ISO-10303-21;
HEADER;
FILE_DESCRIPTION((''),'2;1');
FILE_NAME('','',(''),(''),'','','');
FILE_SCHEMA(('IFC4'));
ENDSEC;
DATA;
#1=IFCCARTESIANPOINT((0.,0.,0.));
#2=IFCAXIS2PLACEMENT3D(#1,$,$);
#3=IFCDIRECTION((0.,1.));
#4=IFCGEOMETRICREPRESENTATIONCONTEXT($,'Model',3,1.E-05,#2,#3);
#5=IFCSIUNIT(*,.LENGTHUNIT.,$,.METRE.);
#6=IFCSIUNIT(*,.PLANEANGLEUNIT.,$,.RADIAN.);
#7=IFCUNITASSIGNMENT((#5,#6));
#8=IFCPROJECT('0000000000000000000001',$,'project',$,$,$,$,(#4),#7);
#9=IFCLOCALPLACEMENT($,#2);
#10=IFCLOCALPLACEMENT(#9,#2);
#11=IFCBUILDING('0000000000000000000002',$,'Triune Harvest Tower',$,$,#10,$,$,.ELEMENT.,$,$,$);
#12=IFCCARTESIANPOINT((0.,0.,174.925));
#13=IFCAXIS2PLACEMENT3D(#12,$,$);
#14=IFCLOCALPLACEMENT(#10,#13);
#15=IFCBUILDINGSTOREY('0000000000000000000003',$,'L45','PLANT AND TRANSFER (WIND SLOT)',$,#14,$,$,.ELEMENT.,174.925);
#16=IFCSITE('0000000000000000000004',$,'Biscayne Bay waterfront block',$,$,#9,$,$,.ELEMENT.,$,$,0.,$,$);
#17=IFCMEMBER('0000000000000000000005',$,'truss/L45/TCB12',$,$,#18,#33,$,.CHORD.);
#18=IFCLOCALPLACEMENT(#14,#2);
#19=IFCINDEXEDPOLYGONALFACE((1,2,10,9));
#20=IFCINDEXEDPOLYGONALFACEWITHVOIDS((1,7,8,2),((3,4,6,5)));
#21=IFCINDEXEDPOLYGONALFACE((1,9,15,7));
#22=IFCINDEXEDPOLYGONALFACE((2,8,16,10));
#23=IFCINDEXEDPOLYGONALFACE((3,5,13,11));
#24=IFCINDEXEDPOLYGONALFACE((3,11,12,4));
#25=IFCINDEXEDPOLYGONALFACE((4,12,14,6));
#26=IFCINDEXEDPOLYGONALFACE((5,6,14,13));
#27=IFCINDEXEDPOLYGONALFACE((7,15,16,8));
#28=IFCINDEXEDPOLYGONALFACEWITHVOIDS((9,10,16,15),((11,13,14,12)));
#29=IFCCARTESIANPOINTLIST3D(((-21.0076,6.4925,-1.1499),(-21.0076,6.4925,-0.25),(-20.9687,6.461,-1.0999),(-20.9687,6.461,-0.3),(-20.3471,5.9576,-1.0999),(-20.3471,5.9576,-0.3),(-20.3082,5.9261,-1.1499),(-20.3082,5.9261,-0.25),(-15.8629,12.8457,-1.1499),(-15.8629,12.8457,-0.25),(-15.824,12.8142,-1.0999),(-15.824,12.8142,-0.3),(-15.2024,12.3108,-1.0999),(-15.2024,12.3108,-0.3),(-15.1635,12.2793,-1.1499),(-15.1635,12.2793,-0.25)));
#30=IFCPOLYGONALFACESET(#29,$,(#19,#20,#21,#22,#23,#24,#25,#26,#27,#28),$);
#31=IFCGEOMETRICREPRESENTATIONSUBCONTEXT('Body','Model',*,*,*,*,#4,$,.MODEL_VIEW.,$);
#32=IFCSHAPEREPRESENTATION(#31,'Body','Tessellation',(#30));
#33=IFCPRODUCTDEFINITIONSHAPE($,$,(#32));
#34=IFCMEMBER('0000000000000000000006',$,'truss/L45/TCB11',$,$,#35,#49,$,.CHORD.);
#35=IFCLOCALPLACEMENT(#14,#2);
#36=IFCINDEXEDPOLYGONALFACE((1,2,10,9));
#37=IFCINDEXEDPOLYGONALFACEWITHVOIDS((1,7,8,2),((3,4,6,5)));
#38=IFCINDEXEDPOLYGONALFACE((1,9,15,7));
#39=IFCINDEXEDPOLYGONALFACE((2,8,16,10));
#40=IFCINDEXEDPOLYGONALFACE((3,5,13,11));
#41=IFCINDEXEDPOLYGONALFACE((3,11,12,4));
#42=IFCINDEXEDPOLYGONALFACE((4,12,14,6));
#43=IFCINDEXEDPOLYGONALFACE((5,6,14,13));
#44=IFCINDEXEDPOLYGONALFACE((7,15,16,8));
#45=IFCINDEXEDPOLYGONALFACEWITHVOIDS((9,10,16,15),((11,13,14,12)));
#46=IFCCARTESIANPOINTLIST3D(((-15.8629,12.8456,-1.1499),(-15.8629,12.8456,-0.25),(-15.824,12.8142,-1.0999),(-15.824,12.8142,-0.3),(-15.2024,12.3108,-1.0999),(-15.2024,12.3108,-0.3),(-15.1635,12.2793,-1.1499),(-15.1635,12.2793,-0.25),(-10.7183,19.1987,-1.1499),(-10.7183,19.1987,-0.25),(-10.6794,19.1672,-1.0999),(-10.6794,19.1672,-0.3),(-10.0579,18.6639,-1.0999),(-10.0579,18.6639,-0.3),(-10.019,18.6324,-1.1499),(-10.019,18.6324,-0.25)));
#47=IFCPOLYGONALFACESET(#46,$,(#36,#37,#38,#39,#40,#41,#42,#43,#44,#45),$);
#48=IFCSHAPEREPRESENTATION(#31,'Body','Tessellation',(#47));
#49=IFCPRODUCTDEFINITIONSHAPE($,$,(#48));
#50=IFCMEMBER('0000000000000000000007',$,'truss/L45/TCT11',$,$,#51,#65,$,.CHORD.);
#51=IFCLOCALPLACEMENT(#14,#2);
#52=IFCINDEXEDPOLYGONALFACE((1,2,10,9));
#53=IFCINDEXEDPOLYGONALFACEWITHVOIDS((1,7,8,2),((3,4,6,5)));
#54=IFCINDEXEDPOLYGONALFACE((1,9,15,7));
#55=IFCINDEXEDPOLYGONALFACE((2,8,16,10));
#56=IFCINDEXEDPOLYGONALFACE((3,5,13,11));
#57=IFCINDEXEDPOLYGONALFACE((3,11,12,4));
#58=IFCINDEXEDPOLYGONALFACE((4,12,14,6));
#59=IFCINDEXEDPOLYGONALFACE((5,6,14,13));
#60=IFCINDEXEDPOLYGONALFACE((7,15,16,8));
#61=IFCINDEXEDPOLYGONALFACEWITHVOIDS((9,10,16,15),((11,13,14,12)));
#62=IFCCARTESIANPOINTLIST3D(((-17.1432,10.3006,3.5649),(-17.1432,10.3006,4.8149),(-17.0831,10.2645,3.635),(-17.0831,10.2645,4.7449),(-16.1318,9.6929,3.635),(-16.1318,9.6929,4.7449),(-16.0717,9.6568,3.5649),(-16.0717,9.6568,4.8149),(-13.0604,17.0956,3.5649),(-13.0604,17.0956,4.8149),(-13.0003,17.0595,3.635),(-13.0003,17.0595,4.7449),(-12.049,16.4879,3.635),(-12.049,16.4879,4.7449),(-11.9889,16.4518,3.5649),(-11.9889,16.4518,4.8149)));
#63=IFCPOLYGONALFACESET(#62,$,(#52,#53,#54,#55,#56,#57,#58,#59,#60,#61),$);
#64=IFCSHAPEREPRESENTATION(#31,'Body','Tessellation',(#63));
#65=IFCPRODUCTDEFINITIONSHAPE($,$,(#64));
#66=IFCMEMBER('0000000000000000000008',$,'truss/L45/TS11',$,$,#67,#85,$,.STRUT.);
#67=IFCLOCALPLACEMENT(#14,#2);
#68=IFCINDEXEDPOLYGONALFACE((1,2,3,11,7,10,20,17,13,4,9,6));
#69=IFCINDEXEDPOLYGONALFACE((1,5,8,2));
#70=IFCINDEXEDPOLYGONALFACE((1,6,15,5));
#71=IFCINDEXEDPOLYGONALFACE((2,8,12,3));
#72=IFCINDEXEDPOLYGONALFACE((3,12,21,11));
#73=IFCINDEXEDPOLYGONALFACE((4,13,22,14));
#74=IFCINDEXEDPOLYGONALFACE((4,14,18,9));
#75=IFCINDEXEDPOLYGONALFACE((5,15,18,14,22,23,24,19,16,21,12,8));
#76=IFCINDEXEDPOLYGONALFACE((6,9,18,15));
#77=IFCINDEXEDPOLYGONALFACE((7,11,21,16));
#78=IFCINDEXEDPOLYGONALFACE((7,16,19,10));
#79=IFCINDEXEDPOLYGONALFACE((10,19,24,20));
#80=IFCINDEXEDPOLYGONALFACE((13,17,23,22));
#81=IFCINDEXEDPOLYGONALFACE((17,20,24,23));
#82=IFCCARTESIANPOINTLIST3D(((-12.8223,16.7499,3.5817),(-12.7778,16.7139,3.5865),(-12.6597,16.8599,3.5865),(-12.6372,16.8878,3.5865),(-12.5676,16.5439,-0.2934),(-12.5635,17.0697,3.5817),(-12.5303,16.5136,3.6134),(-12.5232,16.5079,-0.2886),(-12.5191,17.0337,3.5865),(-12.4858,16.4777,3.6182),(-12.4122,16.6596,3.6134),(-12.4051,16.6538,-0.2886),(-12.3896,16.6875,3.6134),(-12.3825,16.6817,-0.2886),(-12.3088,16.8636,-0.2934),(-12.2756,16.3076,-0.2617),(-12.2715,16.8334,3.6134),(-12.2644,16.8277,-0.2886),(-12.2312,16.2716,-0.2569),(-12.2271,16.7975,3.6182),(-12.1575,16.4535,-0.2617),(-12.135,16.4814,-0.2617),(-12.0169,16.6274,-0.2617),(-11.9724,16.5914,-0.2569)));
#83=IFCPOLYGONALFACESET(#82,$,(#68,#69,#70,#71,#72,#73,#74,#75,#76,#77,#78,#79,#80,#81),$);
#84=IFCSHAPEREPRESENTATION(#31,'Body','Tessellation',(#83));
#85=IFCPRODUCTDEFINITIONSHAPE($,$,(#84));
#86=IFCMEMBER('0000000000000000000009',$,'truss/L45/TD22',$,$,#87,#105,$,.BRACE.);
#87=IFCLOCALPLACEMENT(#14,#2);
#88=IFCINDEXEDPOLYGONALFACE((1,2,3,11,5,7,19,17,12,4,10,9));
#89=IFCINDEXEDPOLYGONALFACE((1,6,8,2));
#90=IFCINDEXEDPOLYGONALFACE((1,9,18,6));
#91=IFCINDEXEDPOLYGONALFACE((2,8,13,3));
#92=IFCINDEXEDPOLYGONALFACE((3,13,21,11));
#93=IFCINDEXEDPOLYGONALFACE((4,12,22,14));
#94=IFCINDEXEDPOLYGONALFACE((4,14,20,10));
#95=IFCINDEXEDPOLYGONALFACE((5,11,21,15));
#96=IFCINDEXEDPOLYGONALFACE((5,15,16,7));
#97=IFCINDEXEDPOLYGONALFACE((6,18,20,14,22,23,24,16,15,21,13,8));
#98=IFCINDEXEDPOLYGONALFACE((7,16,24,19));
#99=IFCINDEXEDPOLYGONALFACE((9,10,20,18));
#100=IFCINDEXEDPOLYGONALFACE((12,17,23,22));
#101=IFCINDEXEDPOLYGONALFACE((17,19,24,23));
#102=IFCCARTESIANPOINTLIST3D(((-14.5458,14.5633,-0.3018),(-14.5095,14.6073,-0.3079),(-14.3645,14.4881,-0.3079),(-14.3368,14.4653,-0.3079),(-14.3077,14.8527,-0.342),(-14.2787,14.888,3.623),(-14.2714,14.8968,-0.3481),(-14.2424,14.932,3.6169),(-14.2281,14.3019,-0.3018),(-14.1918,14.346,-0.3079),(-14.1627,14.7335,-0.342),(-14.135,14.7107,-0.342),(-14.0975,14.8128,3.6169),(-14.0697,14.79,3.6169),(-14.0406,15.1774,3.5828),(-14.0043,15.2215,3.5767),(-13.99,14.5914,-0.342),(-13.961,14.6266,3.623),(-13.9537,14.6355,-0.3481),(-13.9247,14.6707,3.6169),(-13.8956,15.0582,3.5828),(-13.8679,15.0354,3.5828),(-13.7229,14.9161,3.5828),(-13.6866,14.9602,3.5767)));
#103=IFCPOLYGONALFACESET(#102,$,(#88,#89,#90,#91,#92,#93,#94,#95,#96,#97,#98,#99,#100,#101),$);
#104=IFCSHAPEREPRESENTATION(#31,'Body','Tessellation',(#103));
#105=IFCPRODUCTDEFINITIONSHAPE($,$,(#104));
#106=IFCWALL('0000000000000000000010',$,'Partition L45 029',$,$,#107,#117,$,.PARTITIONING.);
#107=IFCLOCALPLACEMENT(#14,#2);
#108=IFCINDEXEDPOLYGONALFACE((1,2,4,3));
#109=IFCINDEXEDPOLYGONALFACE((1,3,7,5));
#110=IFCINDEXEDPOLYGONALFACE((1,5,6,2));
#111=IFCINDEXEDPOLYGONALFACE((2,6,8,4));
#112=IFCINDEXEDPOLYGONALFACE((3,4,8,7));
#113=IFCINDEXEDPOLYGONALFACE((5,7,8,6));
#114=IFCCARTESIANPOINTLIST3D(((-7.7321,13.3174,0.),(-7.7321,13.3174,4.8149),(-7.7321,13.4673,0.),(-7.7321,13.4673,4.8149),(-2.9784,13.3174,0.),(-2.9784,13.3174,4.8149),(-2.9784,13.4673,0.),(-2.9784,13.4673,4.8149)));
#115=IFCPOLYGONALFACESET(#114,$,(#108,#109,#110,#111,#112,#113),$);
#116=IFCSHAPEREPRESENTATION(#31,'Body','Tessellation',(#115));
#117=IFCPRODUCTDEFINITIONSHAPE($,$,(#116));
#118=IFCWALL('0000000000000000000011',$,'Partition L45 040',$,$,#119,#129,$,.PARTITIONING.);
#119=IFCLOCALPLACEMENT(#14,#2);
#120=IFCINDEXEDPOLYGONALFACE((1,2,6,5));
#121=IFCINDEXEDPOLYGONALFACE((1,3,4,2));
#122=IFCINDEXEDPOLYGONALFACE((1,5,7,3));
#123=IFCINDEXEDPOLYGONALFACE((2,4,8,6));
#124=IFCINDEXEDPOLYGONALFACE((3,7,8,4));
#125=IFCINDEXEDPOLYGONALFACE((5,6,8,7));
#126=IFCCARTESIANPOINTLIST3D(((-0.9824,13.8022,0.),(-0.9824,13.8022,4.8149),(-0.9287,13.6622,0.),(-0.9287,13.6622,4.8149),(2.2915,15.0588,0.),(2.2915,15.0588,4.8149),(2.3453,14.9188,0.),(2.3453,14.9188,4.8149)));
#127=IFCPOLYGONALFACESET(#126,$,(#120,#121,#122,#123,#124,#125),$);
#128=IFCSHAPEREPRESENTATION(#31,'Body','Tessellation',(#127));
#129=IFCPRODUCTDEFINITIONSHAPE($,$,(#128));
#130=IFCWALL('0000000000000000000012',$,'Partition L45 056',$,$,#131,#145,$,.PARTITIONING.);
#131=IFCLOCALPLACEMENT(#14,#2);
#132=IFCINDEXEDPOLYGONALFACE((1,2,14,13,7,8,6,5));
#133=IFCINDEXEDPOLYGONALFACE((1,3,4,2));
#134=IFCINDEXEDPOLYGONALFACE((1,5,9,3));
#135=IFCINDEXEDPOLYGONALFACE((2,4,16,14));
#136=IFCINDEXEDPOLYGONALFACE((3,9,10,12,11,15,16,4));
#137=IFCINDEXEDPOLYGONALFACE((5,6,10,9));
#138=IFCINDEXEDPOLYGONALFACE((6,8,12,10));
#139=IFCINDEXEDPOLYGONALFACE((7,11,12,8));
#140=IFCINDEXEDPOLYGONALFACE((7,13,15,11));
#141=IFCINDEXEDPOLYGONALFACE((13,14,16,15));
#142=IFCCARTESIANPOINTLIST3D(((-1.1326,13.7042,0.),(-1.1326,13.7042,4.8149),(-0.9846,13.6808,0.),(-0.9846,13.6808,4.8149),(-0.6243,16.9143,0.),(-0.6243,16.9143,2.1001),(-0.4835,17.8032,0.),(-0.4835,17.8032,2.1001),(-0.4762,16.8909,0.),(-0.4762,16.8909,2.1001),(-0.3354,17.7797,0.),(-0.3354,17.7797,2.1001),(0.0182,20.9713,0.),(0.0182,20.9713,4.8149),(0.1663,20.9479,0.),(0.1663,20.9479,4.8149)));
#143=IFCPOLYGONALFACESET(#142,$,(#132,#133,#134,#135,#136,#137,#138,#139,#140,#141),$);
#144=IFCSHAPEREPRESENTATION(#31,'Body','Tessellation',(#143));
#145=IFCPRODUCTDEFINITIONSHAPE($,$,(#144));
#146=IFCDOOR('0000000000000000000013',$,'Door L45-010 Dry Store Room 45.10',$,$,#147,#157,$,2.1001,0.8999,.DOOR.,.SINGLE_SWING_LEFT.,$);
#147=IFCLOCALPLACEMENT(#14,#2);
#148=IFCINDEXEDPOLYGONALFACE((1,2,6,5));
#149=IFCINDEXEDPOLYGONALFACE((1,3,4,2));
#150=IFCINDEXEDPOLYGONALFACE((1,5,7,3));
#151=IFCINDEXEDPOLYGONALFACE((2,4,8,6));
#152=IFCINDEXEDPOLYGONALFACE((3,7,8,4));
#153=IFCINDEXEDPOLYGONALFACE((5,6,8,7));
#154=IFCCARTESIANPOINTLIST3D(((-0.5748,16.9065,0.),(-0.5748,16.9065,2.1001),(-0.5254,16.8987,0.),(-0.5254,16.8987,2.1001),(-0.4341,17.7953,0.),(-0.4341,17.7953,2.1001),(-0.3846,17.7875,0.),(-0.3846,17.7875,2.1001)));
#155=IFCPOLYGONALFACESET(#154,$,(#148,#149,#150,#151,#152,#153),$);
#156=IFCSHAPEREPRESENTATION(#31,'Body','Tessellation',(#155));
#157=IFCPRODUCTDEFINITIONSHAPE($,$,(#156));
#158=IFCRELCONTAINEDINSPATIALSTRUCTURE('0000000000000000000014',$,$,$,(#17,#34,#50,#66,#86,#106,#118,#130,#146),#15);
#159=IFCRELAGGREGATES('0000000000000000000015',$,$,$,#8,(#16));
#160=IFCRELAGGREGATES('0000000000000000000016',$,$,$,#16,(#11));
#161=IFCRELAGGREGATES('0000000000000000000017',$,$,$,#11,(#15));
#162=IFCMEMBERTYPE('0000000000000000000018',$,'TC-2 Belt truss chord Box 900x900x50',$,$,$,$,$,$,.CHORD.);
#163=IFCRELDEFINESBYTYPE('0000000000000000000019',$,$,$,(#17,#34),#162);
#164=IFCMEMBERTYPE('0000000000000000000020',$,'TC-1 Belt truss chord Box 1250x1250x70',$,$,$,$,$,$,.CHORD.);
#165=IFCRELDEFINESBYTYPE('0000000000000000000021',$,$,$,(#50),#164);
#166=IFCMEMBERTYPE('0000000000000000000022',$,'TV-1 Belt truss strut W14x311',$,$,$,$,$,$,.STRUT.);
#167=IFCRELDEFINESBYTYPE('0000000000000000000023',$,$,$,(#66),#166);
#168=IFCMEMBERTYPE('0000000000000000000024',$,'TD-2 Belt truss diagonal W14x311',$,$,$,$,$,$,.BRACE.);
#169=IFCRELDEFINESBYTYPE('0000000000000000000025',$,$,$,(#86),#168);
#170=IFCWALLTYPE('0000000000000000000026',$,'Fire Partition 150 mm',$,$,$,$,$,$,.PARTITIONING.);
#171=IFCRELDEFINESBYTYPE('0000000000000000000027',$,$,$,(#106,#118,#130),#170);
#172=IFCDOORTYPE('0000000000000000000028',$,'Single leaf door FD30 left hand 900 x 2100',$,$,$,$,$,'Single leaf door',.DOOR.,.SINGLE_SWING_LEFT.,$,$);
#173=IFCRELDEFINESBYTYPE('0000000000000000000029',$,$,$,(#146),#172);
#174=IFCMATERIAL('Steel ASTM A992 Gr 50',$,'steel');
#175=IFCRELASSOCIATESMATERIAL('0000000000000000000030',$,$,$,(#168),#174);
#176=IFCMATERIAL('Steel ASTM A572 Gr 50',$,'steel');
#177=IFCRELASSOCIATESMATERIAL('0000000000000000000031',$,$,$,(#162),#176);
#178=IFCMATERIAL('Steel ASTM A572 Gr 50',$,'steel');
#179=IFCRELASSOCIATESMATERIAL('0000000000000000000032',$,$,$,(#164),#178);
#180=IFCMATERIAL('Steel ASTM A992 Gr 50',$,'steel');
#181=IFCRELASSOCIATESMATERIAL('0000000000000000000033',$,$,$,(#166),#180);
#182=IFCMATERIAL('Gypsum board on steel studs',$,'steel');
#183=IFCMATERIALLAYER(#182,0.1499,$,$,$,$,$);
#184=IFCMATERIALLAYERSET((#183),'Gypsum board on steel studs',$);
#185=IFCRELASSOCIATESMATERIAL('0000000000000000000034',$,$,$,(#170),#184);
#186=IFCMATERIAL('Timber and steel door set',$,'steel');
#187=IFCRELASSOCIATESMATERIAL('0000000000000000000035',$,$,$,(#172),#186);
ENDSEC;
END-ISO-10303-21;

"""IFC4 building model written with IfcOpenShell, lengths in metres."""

from ifc_helpers import new_model, si_unit, direction, frame, frame_2d, origin, origin_2d, place, context, subcontext, project, spatial, rectangle, hollow_rectangle, i_section, extrude, source, transform, mapped, material, layer, layer_set, material_profile, profile_set, type_object, element, fill, save


model = new_model("IFC4")

# Units and contexts
model_context = context("Model", 3, precision=1e-05, world=origin(), true_north=direction((0.0, 1.0)))
body_context = subcontext(model_context, "Body", "Model", "MODEL_VIEW")
ifc_project = project(units=[si_unit("LENGTHUNIT", "METRE"), si_unit("PLANEANGLEUNIT", "RADIAN")], contexts=[model_context])

# Site, building, storey
site_placement = place(None, origin())
site = spatial("IfcSite", under=ifc_project, at=site_placement, Name="Biscayne Bay waterfront block", CompositionType="ELEMENT", RefElevation=0.0)
building_placement = place(site_placement, origin())
building = spatial("IfcBuilding", under=site, at=building_placement, Name="Triune Harvest Tower", CompositionType="ELEMENT")
storey_placement = place(building_placement, frame((0.0, 0.0, 174.925)))
storey = spatial("IfcBuildingStorey", under=building, at=storey_placement, Name="L45", Description="PLANT AND TRANSFER (WIND SLOT)", CompositionType="ELEMENT", Elevation=174.925)

# Shared definitions
ifc_material_1 = material(Name="Steel ASTM A992 Gr 50", Category="steel")
ifc_material_profile_1 = material_profile(ifc_material_1, i_section(OverallWidth=0.4114, OverallDepth=0.4343, WebThickness=0.0359, FlangeThickness=0.0574, at=origin_2d()), Name="W14x311")
ifc_profile_set_1 = profile_set([ifc_material_profile_1], Name="Steel ASTM A992 Gr 50")
member_type_1 = type_object("IfcMemberType", Name="TD-2 Belt truss diagonal W14x311", PredefinedType="BRACE", material=ifc_profile_set_1)

# Members
ifc_material_2 = material(Name="Steel ASTM A572 Gr 50", Category="steel")
ifc_material_profile_2 = material_profile(ifc_material_2, hollow_rectangle(XDim=0.8999, YDim=0.8999, WallThickness=0.05, at=origin_2d()), Name="Box 900x900x50")
ifc_profile_set_2 = profile_set([ifc_material_profile_2], Name="Steel ASTM A572 Gr 50")
member_type_2 = type_object("IfcMemberType", Name="TC-2 Belt truss chord Box 900x900x50", PredefinedType="CHORD", material=ifc_profile_set_2)
shared_shape_1 = source(origin(), body_context, "Body", "SweptSolid", [
    extrude(hollow_rectangle(XDim=0.8999, YDim=0.8999, WallThickness=0.05, at=origin_2d()), origin(), (0.0, 0.0, 1.0), 8.175),
])
member_1_placement = place(storey_placement, frame((-15.5132, 12.5625, -0.7), z_axis=(-0.62932, -0.777146, 0.0), x_axis=(0.777146, -0.62932, 0.0)))
element("IfcMember", 1, at=member_1_placement, inside=storey, type_object=member_type_2, Name="truss/L45/TCB12", PredefinedType="CHORD", context=body_context, shape_type="MappedRepresentation", body=[
    mapped(shared_shape_1, transform((0.0, 0.0, 0.0), scale=1.0)),
])
shared_shape_2 = source(origin(), body_context, "Body", "SweptSolid", [
    extrude(hollow_rectangle(XDim=0.8999, YDim=0.8999, WallThickness=0.05, at=origin_2d()), origin(), (0.0, 0.0, 1.0), 8.1748),
])
member_2_placement = place(storey_placement, frame((-10.3687, 18.9155, -0.7), z_axis=(-0.629317, -0.777149, 0.0), x_axis=(0.777149, -0.629317, 0.0)))
element("IfcMember", 2, at=member_2_placement, inside=storey, type_object=member_type_2, Name="truss/L45/TCB11", PredefinedType="CHORD", context=body_context, shape_type="MappedRepresentation", body=[
    mapped(shared_shape_2, transform((0.0, 0.0, 0.0), scale=1.0)),
])
ifc_material_3 = material(Name="Steel ASTM A572 Gr 50", Category="steel")
ifc_material_profile_3 = material_profile(ifc_material_3, hollow_rectangle(XDim=1.25, YDim=1.25, WallThickness=0.0701, at=origin_2d()), Name="Box 1250x1250x70")
ifc_profile_set_3 = profile_set([ifc_material_profile_3], Name="Steel ASTM A572 Gr 50")
member_type_3 = type_object("IfcMemberType", Name="TC-1 Belt truss chord Box 1250x1250x70", PredefinedType="CHORD", material=ifc_profile_set_3)
shared_shape_3 = source(origin(), body_context, "Body", "SweptSolid", [
    extrude(hollow_rectangle(XDim=1.25, YDim=1.25, WallThickness=0.0701, at=origin_2d()), origin(), (0.0, 0.0, 1.0), 7.9272),
])
member_3_placement = place(storey_placement, frame((-12.5247, 16.7737, 4.1899), z_axis=(-0.515035, -0.857169, 0.0), x_axis=(0.857169, -0.515035, 0.0)))
element("IfcMember", 3, at=member_3_placement, inside=storey, type_object=member_type_3, Name="truss/L45/TCT11", PredefinedType="CHORD", context=body_context, shape_type="MappedRepresentation", body=[
    mapped(shared_shape_3, transform((0.0, 0.0, 0.0), scale=1.0)),
])
ifc_material_4 = material(Name="Steel ASTM A992 Gr 50", Category="steel")
ifc_material_profile_4 = material_profile(ifc_material_4, i_section(OverallWidth=0.4114, OverallDepth=0.4343, WebThickness=0.0359, FlangeThickness=0.0574, at=origin_2d()), Name="W14x311")
ifc_profile_set_4 = profile_set([ifc_material_profile_4], Name="Steel ASTM A992 Gr 50")
member_type_4 = type_object("IfcMemberType", Name="TV-1 Belt truss strut W14x311", PredefinedType="STRUT", material=ifc_profile_set_4)
shared_shape_4 = source(origin(), body_context, "Body", "SweptSolid", [
    extrude(i_section(OverallWidth=0.4114, OverallDepth=0.4343, WebThickness=0.0359, FlangeThickness=0.0574, at=origin_2d()), origin(), (0.0, 0.0, 1.0), 3.8889),
])
member_4_placement = place(storey_placement, frame((-12.27, 16.5676, -0.2751), z_axis=(-0.06548, 0.052986, 0.996446), x_axis=(-0.629048, -0.777366, 0.0)))
element("IfcMember", 4, at=member_4_placement, inside=storey, type_object=member_type_4, Name="truss/L45/TS11", PredefinedType="STRUT", context=body_context, shape_type="MappedRepresentation", body=[
    mapped(shared_shape_4, transform((0.0, 0.0, 0.0), scale=1.0)),
])
shared_shape_5 = source(origin(), body_context, "Body", "SweptSolid", [
    extrude(i_section(OverallWidth=0.4114, OverallDepth=0.4343, WebThickness=0.0359, FlangeThickness=0.0574, at=origin_2d()), origin(), (0.0, 0.0, 1.0), 3.9473),
])
member_5_placement = place(storey_placement, frame((-14.2498, 14.5994, -0.325), z_axis=(0.067665, 0.082261, 0.994311), x_axis=(-0.772299, 0.635259, 0.0)))
element("IfcMember", 5, at=member_5_placement, inside=storey, type_object=member_type_1, Name="truss/L45/TD22", PredefinedType="BRACE", context=body_context, shape_type="MappedRepresentation", body=[
    mapped(shared_shape_5, transform((0.0, 0.0, 0.0), scale=1.0)),
])

# Walls
ifc_material_5 = material(Name="Gypsum board on steel studs", Category="steel")
ifc_layer_1 = layer(ifc_material_5, 0.1499)
ifc_layer_set_1 = layer_set([ifc_layer_1], Name="Gypsum board on steel studs")
wall_type_1 = type_object("IfcWallType", Name="Fire Partition 150 mm", PredefinedType="PARTITIONING", material=ifc_layer_set_1)
wall_1_placement = place(storey_placement, frame((-7.7322, 13.3923, 0.0), z_axis=(0.0, 0.0, 1.0), x_axis=(1.0, 0.0, 0.0)))
element("IfcWall", 6, at=wall_1_placement, inside=storey, type_object=wall_type_1, Name="Partition L45 029", PredefinedType="PARTITIONING", context=body_context, shape_type="SweptSolid", body=[
    extrude(rectangle(XDim=4.7537, YDim=0.1499, at=frame_2d((2.377, 0.0))), origin(), (0.0, 0.0, 1.0), 4.8149),
])
wall_2_placement = place(storey_placement, frame((-0.9556, 13.7322, 0.0), z_axis=(0.0, 0.0, 1.0), x_axis=(0.933595, 0.358331, 0.0)))
element("IfcWall", 7, at=wall_2_placement, inside=storey, type_object=wall_type_1, Name="Partition L45 040", PredefinedType="PARTITIONING", context=body_context, shape_type="SweptSolid", body=[
    extrude(rectangle(XDim=3.5068, YDim=0.1499, at=frame_2d((1.7534, 0.0))), origin(), (0.0, 0.0, 1.0), 4.8149),
])

# Wall, opening, door
wall_3_placement = place(storey_placement, frame((-1.0586, 13.6926, 0.0), z_axis=(0.0, 0.0, 1.0), x_axis=(0.156419, 0.987691, 0.0)))
wall_3 = element("IfcWall", 8, at=wall_3_placement, inside=storey, type_object=wall_type_1, Name="Partition L45 056", PredefinedType="PARTITIONING", context=body_context, shape_type="SweptSolid", body=[
    extrude(rectangle(XDim=7.3577, YDim=0.1499, at=frame_2d((3.6787, 0.0))), origin(), (0.0, 0.0, 1.0), 4.8149),
])
opening_1_placement = place(wall_3_placement, frame((3.25, 0.0, 0.0)))
opening_1 = element("IfcOpeningElement", 9, at=opening_1_placement, cuts=wall_3, PredefinedType="OPENING", context=body_context, shape_type="SweptSolid", body=[
    extrude(rectangle(XDim=0.8999, YDim=2.1001, at=frame_2d((0.45, 1.05))), frame((0.0, 0.085, 0.0), z_axis=(0.0, -1.0, 0.0), x_axis=(1.0, 0.0, 0.0)), (0.0, 0.0, 1.0), 0.1699),
])
ifc_material_6 = material(Name="Timber and steel door set", Category="steel")
door_type = type_object("IfcDoorType", Name="Single leaf door FD30 left hand 900 x 2100", ElementType="Single leaf door", OperationType="SINGLE_SWING_LEFT", PredefinedType="DOOR", material=ifc_material_6)
door_1_placement = place(opening_1_placement, origin())
door_1 = element("IfcDoor", 10, at=door_1_placement, inside=storey, type_object=door_type, Name="Door L45-010 Dry Store Room 45.10", OperationType="SINGLE_SWING_LEFT", OverallHeight=2.1001, OverallWidth=0.8999, PredefinedType="DOOR", context=body_context, shape_type="SweptSolid", body=[
    extrude(rectangle(XDim=0.8999, YDim=2.1001, at=frame_2d((0.45, 1.05))), frame((0.0, 0.0249, 0.0), z_axis=(0.0, -1.0, 0.0), x_axis=(1.0, 0.0, 0.0)), (0.0, 0.0, 1.0), 0.05),
])
fill(opening_1, door_1)

save(model, "model.ifc")
